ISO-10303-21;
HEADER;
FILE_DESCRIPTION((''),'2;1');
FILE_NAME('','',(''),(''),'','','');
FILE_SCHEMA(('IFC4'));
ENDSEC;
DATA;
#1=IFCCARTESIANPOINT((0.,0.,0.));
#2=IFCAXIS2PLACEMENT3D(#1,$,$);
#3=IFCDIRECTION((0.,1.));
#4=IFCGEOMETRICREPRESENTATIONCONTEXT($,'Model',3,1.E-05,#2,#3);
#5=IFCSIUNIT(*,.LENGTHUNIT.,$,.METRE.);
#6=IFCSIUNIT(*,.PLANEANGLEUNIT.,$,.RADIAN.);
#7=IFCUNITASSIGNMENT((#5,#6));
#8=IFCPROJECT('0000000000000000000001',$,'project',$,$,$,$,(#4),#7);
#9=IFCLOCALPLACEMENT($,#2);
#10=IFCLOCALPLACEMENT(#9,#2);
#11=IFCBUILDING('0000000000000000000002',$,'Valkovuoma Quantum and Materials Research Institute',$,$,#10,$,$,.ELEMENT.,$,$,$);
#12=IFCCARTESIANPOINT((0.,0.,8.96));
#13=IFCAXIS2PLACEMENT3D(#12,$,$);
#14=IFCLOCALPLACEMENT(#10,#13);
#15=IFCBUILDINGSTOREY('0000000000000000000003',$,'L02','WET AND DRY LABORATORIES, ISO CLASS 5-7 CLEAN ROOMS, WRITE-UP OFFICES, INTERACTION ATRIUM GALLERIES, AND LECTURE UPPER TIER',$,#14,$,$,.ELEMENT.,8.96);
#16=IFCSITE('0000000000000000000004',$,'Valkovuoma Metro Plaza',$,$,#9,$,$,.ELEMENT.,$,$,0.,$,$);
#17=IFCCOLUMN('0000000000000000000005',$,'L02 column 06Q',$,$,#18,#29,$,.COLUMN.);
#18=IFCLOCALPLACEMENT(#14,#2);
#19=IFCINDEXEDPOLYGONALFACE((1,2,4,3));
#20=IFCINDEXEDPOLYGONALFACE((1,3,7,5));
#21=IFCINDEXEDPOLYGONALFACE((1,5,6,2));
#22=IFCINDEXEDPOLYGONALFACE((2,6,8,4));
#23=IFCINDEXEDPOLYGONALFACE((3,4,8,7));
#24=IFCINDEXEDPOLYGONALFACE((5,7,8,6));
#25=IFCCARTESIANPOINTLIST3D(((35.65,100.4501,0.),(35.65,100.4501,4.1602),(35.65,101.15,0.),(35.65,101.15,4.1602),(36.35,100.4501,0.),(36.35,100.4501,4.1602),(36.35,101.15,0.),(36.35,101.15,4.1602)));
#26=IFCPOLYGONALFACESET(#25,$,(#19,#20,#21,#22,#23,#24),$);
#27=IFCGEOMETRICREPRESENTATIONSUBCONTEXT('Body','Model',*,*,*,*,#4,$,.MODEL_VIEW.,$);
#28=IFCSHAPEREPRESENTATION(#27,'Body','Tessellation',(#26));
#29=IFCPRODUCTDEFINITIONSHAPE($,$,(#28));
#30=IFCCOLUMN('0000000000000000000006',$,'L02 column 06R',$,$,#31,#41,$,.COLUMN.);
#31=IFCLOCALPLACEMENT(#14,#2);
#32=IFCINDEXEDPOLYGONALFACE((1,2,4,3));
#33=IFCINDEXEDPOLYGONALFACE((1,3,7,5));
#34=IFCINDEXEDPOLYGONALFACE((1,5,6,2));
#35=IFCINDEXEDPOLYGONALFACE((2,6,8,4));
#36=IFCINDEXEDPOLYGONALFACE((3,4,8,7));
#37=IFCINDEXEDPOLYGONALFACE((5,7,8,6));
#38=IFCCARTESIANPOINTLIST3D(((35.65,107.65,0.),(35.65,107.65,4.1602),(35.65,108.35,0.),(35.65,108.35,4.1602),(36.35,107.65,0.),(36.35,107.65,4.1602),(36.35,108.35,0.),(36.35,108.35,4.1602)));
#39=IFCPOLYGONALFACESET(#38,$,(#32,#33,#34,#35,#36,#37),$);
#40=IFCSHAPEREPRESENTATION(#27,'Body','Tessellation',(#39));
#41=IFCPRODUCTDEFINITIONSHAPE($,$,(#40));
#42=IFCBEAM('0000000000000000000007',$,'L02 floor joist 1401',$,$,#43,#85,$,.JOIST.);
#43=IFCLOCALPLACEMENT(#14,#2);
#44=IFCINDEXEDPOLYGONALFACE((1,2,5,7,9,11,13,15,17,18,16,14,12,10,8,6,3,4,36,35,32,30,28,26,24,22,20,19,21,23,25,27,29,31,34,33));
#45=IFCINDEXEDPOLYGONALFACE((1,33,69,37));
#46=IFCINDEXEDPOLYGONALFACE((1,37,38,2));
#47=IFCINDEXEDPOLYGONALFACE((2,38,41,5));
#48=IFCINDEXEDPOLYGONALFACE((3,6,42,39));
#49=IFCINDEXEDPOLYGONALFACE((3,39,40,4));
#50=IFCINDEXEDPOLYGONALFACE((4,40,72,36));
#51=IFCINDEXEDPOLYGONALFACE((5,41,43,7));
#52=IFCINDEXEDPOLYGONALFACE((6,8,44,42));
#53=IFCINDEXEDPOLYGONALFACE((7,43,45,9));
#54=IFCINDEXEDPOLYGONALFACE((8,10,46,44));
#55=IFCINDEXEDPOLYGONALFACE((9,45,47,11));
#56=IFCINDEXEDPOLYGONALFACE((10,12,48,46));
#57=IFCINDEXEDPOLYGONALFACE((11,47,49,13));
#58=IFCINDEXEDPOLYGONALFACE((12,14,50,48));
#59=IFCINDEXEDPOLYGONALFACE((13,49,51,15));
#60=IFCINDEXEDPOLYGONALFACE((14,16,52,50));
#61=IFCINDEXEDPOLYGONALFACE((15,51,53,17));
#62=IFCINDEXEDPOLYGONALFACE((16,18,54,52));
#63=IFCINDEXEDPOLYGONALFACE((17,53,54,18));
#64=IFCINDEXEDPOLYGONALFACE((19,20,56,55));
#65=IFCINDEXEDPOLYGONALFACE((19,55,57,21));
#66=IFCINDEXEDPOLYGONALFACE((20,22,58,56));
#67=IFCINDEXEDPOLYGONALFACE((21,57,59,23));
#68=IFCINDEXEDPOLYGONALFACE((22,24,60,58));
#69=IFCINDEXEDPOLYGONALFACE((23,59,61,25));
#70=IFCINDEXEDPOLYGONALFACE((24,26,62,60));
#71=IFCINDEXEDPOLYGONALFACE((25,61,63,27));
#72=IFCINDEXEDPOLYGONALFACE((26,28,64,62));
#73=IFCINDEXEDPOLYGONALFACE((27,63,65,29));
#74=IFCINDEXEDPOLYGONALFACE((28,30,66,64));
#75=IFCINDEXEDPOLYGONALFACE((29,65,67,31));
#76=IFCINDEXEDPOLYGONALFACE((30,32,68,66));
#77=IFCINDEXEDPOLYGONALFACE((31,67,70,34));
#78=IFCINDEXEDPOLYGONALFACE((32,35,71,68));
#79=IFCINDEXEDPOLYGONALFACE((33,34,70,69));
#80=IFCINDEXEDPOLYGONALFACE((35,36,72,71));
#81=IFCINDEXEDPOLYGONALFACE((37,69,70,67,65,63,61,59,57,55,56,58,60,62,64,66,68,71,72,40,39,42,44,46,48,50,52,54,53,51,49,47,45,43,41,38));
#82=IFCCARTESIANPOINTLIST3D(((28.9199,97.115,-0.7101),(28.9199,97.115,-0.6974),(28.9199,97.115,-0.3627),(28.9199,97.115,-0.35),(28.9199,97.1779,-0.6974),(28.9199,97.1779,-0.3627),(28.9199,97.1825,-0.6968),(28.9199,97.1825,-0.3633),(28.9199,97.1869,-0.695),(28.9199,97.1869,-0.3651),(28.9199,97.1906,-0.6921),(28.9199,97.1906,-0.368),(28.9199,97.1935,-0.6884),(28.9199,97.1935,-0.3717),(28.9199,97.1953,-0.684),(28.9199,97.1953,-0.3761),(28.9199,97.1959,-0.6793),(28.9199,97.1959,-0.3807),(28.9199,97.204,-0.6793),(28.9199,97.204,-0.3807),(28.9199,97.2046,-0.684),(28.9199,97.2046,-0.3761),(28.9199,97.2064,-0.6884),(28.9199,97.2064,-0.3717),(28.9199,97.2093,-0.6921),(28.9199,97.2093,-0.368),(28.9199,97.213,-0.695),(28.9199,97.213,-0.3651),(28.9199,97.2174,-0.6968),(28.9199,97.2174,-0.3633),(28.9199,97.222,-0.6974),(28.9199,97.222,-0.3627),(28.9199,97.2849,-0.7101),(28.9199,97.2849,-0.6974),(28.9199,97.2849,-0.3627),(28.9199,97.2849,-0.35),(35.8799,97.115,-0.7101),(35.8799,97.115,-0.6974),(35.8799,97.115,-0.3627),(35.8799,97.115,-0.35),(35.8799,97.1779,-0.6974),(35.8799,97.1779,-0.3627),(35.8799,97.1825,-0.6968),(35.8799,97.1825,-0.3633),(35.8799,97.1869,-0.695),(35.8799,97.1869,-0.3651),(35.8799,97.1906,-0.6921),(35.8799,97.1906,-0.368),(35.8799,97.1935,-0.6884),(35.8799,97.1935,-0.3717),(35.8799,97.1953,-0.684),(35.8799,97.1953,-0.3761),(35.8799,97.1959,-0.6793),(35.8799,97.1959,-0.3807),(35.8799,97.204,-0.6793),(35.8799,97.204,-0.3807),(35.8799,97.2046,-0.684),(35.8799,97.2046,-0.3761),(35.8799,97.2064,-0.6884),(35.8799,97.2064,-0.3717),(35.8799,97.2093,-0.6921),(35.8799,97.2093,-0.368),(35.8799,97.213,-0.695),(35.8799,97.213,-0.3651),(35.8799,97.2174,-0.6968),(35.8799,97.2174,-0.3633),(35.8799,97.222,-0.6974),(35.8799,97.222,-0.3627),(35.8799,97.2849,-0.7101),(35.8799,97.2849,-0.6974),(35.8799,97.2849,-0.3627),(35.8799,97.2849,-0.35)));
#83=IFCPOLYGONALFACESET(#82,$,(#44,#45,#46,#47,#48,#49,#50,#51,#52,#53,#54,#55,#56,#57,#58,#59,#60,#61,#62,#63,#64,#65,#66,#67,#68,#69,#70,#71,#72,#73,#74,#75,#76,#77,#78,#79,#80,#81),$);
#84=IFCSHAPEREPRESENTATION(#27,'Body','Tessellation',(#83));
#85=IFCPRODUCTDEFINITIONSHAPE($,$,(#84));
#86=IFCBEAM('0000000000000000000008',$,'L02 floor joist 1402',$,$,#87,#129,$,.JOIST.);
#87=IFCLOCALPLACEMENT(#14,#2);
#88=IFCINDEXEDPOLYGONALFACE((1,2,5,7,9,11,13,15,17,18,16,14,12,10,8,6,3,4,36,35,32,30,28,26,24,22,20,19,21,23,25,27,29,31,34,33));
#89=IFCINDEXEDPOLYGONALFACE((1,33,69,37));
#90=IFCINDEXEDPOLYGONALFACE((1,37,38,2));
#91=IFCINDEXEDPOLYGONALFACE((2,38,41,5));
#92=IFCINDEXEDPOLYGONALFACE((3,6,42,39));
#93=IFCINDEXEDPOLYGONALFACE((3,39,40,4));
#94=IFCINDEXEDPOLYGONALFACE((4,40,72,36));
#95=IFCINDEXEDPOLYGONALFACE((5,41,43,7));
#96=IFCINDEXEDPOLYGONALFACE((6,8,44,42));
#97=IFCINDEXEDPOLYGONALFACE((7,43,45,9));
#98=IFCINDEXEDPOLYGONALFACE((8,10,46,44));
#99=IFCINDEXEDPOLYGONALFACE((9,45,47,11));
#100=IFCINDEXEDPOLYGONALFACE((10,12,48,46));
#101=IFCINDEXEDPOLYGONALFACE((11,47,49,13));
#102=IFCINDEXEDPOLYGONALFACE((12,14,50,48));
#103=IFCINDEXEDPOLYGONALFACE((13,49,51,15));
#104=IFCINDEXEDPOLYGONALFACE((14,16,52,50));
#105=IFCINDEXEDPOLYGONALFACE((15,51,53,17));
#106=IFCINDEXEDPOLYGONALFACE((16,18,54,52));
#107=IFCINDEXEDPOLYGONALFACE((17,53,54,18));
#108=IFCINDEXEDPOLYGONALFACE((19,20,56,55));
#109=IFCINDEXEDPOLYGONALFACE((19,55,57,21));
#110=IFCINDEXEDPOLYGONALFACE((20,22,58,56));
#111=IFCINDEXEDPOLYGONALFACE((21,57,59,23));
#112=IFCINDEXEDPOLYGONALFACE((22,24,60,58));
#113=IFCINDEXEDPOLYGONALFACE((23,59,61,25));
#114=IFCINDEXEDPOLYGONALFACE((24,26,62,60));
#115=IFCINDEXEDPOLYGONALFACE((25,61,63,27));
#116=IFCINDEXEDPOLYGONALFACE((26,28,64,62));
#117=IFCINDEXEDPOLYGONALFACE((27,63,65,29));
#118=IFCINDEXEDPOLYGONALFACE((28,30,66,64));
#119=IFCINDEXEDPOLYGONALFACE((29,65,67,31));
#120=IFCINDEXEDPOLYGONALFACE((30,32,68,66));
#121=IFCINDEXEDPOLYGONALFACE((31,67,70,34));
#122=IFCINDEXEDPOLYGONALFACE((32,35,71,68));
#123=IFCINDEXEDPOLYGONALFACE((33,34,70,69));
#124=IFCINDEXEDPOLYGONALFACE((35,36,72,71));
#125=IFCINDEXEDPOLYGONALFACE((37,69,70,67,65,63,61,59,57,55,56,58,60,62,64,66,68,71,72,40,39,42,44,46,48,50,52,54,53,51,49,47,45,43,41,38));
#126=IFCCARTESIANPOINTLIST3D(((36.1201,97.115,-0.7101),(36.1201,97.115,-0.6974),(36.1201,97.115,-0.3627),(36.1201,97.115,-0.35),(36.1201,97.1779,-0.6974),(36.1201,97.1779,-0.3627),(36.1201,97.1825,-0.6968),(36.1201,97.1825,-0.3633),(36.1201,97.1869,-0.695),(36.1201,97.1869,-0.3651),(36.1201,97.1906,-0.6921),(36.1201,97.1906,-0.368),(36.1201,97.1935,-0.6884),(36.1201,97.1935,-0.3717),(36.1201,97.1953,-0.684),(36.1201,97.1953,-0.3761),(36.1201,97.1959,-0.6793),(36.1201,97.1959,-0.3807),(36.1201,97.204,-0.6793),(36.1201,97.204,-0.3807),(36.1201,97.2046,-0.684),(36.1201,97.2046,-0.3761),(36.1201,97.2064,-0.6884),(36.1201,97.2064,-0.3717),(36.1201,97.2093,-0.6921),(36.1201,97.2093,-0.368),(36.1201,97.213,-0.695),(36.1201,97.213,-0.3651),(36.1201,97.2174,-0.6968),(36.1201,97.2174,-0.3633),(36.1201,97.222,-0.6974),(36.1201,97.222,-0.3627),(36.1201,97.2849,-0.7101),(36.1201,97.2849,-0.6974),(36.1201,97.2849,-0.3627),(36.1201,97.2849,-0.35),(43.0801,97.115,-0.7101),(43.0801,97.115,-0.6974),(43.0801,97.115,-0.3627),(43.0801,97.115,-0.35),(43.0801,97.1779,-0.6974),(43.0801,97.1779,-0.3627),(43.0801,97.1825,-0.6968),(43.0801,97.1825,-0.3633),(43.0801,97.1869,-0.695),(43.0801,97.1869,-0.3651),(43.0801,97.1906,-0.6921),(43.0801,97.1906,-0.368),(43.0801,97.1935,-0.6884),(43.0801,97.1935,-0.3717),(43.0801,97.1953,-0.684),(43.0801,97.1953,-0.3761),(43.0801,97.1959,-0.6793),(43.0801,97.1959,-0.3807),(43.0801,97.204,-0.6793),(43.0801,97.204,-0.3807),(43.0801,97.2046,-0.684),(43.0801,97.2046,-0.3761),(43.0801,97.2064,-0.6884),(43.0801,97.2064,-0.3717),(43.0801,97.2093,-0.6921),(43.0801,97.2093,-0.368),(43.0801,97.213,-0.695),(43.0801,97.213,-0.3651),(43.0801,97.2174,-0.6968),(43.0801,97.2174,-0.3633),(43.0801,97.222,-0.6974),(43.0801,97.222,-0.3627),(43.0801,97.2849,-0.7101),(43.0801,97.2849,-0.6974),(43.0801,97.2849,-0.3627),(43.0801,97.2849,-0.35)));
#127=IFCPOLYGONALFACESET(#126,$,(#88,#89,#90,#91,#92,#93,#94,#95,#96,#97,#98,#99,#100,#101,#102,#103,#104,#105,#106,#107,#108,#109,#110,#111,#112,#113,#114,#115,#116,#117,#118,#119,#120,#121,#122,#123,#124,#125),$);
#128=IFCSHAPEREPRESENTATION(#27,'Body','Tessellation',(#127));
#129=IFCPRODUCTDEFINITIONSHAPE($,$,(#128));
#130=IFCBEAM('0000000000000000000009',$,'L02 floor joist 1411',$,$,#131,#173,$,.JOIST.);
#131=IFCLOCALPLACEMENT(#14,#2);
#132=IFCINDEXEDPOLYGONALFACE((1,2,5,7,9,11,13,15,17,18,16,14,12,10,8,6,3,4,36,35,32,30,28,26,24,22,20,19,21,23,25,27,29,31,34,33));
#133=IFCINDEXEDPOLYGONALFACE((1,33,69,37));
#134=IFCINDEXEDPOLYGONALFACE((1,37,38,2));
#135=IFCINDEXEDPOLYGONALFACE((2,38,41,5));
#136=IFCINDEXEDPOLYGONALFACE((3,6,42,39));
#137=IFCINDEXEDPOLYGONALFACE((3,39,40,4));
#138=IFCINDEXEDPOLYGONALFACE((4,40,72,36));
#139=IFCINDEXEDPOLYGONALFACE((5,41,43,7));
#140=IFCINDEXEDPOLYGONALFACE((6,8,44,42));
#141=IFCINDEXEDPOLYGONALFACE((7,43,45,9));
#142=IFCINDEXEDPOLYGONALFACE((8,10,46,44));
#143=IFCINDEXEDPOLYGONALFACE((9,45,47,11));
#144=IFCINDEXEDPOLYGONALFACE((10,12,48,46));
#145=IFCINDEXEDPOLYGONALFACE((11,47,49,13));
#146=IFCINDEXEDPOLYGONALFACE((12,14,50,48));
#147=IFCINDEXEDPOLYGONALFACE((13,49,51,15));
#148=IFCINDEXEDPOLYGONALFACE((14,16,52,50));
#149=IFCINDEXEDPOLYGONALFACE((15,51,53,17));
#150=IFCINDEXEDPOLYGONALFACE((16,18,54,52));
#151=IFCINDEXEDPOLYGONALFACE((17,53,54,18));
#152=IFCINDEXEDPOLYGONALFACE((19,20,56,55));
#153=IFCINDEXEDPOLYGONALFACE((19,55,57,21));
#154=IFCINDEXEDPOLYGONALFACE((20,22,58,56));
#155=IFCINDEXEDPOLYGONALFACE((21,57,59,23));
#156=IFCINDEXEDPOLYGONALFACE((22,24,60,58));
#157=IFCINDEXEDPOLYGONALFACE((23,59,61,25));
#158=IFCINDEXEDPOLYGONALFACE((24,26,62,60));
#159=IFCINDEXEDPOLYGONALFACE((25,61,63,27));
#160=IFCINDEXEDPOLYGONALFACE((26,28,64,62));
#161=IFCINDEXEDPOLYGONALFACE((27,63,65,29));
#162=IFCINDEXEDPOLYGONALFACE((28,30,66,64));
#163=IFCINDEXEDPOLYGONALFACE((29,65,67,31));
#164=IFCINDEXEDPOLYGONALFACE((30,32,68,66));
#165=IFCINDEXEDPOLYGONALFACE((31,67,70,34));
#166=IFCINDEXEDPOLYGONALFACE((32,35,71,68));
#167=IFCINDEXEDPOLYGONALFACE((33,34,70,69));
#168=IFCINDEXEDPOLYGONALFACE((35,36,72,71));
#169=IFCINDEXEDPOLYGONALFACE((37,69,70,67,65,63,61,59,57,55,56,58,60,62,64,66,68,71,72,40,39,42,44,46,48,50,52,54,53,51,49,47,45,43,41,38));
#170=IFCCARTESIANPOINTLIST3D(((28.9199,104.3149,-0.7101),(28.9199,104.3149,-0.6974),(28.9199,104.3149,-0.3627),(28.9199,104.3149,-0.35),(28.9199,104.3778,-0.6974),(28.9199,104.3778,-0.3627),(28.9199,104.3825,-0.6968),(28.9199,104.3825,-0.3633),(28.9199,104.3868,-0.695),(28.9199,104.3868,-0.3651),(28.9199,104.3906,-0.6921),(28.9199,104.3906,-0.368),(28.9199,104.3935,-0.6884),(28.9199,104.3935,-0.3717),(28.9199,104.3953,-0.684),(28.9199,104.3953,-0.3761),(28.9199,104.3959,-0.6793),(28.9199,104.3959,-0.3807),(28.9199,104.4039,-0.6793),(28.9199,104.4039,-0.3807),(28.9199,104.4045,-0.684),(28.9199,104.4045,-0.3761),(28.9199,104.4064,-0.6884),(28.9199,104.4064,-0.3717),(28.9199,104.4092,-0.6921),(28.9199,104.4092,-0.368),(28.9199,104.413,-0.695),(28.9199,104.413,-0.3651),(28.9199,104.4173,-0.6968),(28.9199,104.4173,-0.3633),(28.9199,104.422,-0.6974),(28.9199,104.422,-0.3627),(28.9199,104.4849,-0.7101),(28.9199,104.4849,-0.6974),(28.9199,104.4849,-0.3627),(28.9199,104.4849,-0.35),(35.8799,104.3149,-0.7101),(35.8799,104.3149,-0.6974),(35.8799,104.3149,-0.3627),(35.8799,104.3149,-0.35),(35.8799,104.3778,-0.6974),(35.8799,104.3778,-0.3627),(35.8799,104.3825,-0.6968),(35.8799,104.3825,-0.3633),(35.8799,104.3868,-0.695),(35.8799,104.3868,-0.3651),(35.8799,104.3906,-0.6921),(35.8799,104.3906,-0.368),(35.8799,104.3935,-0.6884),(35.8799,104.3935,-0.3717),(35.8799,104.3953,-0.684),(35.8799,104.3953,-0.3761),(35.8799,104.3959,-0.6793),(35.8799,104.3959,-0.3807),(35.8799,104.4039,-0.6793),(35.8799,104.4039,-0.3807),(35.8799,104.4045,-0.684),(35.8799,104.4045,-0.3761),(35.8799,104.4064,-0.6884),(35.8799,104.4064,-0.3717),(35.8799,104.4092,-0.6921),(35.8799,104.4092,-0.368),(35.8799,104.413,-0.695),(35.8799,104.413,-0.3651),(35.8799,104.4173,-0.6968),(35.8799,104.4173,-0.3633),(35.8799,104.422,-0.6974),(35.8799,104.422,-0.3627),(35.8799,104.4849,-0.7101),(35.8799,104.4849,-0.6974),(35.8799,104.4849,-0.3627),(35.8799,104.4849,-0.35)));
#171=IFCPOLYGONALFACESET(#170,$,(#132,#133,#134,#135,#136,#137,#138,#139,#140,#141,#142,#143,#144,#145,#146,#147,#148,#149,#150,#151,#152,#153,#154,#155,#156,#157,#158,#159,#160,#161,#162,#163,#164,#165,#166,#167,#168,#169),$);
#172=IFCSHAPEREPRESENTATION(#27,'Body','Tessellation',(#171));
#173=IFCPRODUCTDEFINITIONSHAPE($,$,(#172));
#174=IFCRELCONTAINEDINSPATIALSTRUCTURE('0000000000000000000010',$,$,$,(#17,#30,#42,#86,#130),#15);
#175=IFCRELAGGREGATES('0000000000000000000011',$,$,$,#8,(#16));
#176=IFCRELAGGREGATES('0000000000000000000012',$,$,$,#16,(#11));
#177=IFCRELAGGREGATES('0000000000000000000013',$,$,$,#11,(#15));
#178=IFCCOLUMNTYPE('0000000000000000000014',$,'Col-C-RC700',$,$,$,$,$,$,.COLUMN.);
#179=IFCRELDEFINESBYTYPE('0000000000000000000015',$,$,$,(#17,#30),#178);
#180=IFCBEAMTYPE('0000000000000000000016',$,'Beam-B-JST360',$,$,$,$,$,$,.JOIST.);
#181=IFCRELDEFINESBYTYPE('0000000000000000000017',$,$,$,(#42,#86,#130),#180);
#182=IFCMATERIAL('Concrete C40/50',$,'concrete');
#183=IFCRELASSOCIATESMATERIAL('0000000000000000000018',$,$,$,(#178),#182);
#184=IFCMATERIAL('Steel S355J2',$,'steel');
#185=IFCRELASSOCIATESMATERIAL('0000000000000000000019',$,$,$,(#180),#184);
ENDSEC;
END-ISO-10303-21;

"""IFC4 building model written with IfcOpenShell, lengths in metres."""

from ifc_helpers import new_model, si_unit, direction, frame, origin, origin_2d, place, context, subcontext, project, spatial, rectangle, i_section, extrude, material, material_profile, profile_set, type_object, element, save


model = new_model("IFC4")

# Units and contexts
model_context = context("Model", 3, precision=1e-05, world=origin(), true_north=direction((0.0, 1.0)))
body_context = subcontext(model_context, "Body", "Model", "MODEL_VIEW")
ifc_project = project(units=[si_unit("LENGTHUNIT", "METRE"), si_unit("PLANEANGLEUNIT", "RADIAN")], contexts=[model_context])

# Site, building, storey
site_placement = place(None, origin())
site = spatial("IfcSite", under=ifc_project, at=site_placement, Name="Valkovuoma Metro Plaza", CompositionType="ELEMENT", RefElevation=0.0)
building_placement = place(site_placement, origin())
building = spatial("IfcBuilding", under=site, at=building_placement, Name="Valkovuoma Quantum and Materials Research Institute", CompositionType="ELEMENT")
storey_placement = place(building_placement, frame((0.0, 0.0, 8.96)))
storey = spatial("IfcBuildingStorey", under=building, at=storey_placement, Name="L02", Description="WET AND DRY LABORATORIES, ISO CLASS 5-7 CLEAN ROOMS, WRITE-UP OFFICES, INTERACTION ATRIUM GALLERIES, AND LECTURE UPPER TIER", CompositionType="ELEMENT", Elevation=8.96)

# Columns
ifc_material_1 = material(Name="Concrete C40/50", Category="concrete")
ifc_material_profile_1 = material_profile(ifc_material_1, rectangle(XDim=0.7, YDim=0.7, at=origin_2d()), Name="Concrete C40/50")
ifc_profile_set_1 = profile_set([ifc_material_profile_1], Name="Concrete C40/50")
column_type = type_object("IfcColumnType", Name="Col-C-RC700", PredefinedType="COLUMN", material=ifc_profile_set_1)
for number, where, z_axis, x_axis, name in (
    (1, (36.0, 100.8, 0.0), (0.0, 0.0, 1.0), (1.0, 0.0, 0.0), "L02 column 06Q"),
    (2, (36.0, 108.0, 0.0), (0.0, 0.0, 1.0), (1.0, 0.0, 0.0), "L02 column 06R"),
):
    element("IfcColumn", number, at=place(storey_placement, frame(where, z_axis=z_axis, x_axis=x_axis)), inside=storey, type_object=column_type, Name=name, PredefinedType="COLUMN", context=body_context, shape_type="SweptSolid", body=[
        extrude(rectangle(XDim=0.7, YDim=0.7, at=origin_2d()), origin(), (0.0, 0.0, 1.0), 4.1602),
    ])

# Beams
ifc_material_2 = material(Name="Steel S355J2", Category="steel")
ifc_material_profile_2 = material_profile(ifc_material_2, i_section(OverallWidth=0.1699, OverallDepth=0.3601, WebThickness=0.0081, FlangeThickness=0.0127, FilletRadius=0.0181, at=origin_2d()), Name="Steel S355J2")
ifc_profile_set_2 = profile_set([ifc_material_profile_2], Name="Steel S355J2")
beam_type_1 = type_object("IfcBeamType", Name="Beam-B-JST360", PredefinedType="JOIST", material=ifc_profile_set_2)
for number, where, z_axis, x_axis, name in (
    (3, (28.9199, 97.2, -0.53), (1.0, 0.0, 0.0), (0.0, 1.0, 0.0), "L02 floor joist 1401"),
    (4, (36.1201, 97.2, -0.53), (1.0, 0.0, 0.0), (0.0, 1.0, 0.0), "L02 floor joist 1402"),
    (5, (28.9199, 104.3999, -0.53), (1.0, 0.0, 0.0), (0.0, 1.0, 0.0), "L02 floor joist 1411"),
):
    element("IfcBeam", number, at=place(storey_placement, frame(where, z_axis=z_axis, x_axis=x_axis)), inside=storey, type_object=beam_type_1, Name=name, PredefinedType="JOIST", context=body_context, shape_type="SweptSolid", body=[
        extrude(i_section(OverallWidth=0.1699, OverallDepth=0.3601, WebThickness=0.0081, FlangeThickness=0.0127, FilletRadius=0.0181, at=origin_2d()), origin(), (0.0, 0.0, 1.0), 6.96),
    ])

save(model, "model.ifc")
